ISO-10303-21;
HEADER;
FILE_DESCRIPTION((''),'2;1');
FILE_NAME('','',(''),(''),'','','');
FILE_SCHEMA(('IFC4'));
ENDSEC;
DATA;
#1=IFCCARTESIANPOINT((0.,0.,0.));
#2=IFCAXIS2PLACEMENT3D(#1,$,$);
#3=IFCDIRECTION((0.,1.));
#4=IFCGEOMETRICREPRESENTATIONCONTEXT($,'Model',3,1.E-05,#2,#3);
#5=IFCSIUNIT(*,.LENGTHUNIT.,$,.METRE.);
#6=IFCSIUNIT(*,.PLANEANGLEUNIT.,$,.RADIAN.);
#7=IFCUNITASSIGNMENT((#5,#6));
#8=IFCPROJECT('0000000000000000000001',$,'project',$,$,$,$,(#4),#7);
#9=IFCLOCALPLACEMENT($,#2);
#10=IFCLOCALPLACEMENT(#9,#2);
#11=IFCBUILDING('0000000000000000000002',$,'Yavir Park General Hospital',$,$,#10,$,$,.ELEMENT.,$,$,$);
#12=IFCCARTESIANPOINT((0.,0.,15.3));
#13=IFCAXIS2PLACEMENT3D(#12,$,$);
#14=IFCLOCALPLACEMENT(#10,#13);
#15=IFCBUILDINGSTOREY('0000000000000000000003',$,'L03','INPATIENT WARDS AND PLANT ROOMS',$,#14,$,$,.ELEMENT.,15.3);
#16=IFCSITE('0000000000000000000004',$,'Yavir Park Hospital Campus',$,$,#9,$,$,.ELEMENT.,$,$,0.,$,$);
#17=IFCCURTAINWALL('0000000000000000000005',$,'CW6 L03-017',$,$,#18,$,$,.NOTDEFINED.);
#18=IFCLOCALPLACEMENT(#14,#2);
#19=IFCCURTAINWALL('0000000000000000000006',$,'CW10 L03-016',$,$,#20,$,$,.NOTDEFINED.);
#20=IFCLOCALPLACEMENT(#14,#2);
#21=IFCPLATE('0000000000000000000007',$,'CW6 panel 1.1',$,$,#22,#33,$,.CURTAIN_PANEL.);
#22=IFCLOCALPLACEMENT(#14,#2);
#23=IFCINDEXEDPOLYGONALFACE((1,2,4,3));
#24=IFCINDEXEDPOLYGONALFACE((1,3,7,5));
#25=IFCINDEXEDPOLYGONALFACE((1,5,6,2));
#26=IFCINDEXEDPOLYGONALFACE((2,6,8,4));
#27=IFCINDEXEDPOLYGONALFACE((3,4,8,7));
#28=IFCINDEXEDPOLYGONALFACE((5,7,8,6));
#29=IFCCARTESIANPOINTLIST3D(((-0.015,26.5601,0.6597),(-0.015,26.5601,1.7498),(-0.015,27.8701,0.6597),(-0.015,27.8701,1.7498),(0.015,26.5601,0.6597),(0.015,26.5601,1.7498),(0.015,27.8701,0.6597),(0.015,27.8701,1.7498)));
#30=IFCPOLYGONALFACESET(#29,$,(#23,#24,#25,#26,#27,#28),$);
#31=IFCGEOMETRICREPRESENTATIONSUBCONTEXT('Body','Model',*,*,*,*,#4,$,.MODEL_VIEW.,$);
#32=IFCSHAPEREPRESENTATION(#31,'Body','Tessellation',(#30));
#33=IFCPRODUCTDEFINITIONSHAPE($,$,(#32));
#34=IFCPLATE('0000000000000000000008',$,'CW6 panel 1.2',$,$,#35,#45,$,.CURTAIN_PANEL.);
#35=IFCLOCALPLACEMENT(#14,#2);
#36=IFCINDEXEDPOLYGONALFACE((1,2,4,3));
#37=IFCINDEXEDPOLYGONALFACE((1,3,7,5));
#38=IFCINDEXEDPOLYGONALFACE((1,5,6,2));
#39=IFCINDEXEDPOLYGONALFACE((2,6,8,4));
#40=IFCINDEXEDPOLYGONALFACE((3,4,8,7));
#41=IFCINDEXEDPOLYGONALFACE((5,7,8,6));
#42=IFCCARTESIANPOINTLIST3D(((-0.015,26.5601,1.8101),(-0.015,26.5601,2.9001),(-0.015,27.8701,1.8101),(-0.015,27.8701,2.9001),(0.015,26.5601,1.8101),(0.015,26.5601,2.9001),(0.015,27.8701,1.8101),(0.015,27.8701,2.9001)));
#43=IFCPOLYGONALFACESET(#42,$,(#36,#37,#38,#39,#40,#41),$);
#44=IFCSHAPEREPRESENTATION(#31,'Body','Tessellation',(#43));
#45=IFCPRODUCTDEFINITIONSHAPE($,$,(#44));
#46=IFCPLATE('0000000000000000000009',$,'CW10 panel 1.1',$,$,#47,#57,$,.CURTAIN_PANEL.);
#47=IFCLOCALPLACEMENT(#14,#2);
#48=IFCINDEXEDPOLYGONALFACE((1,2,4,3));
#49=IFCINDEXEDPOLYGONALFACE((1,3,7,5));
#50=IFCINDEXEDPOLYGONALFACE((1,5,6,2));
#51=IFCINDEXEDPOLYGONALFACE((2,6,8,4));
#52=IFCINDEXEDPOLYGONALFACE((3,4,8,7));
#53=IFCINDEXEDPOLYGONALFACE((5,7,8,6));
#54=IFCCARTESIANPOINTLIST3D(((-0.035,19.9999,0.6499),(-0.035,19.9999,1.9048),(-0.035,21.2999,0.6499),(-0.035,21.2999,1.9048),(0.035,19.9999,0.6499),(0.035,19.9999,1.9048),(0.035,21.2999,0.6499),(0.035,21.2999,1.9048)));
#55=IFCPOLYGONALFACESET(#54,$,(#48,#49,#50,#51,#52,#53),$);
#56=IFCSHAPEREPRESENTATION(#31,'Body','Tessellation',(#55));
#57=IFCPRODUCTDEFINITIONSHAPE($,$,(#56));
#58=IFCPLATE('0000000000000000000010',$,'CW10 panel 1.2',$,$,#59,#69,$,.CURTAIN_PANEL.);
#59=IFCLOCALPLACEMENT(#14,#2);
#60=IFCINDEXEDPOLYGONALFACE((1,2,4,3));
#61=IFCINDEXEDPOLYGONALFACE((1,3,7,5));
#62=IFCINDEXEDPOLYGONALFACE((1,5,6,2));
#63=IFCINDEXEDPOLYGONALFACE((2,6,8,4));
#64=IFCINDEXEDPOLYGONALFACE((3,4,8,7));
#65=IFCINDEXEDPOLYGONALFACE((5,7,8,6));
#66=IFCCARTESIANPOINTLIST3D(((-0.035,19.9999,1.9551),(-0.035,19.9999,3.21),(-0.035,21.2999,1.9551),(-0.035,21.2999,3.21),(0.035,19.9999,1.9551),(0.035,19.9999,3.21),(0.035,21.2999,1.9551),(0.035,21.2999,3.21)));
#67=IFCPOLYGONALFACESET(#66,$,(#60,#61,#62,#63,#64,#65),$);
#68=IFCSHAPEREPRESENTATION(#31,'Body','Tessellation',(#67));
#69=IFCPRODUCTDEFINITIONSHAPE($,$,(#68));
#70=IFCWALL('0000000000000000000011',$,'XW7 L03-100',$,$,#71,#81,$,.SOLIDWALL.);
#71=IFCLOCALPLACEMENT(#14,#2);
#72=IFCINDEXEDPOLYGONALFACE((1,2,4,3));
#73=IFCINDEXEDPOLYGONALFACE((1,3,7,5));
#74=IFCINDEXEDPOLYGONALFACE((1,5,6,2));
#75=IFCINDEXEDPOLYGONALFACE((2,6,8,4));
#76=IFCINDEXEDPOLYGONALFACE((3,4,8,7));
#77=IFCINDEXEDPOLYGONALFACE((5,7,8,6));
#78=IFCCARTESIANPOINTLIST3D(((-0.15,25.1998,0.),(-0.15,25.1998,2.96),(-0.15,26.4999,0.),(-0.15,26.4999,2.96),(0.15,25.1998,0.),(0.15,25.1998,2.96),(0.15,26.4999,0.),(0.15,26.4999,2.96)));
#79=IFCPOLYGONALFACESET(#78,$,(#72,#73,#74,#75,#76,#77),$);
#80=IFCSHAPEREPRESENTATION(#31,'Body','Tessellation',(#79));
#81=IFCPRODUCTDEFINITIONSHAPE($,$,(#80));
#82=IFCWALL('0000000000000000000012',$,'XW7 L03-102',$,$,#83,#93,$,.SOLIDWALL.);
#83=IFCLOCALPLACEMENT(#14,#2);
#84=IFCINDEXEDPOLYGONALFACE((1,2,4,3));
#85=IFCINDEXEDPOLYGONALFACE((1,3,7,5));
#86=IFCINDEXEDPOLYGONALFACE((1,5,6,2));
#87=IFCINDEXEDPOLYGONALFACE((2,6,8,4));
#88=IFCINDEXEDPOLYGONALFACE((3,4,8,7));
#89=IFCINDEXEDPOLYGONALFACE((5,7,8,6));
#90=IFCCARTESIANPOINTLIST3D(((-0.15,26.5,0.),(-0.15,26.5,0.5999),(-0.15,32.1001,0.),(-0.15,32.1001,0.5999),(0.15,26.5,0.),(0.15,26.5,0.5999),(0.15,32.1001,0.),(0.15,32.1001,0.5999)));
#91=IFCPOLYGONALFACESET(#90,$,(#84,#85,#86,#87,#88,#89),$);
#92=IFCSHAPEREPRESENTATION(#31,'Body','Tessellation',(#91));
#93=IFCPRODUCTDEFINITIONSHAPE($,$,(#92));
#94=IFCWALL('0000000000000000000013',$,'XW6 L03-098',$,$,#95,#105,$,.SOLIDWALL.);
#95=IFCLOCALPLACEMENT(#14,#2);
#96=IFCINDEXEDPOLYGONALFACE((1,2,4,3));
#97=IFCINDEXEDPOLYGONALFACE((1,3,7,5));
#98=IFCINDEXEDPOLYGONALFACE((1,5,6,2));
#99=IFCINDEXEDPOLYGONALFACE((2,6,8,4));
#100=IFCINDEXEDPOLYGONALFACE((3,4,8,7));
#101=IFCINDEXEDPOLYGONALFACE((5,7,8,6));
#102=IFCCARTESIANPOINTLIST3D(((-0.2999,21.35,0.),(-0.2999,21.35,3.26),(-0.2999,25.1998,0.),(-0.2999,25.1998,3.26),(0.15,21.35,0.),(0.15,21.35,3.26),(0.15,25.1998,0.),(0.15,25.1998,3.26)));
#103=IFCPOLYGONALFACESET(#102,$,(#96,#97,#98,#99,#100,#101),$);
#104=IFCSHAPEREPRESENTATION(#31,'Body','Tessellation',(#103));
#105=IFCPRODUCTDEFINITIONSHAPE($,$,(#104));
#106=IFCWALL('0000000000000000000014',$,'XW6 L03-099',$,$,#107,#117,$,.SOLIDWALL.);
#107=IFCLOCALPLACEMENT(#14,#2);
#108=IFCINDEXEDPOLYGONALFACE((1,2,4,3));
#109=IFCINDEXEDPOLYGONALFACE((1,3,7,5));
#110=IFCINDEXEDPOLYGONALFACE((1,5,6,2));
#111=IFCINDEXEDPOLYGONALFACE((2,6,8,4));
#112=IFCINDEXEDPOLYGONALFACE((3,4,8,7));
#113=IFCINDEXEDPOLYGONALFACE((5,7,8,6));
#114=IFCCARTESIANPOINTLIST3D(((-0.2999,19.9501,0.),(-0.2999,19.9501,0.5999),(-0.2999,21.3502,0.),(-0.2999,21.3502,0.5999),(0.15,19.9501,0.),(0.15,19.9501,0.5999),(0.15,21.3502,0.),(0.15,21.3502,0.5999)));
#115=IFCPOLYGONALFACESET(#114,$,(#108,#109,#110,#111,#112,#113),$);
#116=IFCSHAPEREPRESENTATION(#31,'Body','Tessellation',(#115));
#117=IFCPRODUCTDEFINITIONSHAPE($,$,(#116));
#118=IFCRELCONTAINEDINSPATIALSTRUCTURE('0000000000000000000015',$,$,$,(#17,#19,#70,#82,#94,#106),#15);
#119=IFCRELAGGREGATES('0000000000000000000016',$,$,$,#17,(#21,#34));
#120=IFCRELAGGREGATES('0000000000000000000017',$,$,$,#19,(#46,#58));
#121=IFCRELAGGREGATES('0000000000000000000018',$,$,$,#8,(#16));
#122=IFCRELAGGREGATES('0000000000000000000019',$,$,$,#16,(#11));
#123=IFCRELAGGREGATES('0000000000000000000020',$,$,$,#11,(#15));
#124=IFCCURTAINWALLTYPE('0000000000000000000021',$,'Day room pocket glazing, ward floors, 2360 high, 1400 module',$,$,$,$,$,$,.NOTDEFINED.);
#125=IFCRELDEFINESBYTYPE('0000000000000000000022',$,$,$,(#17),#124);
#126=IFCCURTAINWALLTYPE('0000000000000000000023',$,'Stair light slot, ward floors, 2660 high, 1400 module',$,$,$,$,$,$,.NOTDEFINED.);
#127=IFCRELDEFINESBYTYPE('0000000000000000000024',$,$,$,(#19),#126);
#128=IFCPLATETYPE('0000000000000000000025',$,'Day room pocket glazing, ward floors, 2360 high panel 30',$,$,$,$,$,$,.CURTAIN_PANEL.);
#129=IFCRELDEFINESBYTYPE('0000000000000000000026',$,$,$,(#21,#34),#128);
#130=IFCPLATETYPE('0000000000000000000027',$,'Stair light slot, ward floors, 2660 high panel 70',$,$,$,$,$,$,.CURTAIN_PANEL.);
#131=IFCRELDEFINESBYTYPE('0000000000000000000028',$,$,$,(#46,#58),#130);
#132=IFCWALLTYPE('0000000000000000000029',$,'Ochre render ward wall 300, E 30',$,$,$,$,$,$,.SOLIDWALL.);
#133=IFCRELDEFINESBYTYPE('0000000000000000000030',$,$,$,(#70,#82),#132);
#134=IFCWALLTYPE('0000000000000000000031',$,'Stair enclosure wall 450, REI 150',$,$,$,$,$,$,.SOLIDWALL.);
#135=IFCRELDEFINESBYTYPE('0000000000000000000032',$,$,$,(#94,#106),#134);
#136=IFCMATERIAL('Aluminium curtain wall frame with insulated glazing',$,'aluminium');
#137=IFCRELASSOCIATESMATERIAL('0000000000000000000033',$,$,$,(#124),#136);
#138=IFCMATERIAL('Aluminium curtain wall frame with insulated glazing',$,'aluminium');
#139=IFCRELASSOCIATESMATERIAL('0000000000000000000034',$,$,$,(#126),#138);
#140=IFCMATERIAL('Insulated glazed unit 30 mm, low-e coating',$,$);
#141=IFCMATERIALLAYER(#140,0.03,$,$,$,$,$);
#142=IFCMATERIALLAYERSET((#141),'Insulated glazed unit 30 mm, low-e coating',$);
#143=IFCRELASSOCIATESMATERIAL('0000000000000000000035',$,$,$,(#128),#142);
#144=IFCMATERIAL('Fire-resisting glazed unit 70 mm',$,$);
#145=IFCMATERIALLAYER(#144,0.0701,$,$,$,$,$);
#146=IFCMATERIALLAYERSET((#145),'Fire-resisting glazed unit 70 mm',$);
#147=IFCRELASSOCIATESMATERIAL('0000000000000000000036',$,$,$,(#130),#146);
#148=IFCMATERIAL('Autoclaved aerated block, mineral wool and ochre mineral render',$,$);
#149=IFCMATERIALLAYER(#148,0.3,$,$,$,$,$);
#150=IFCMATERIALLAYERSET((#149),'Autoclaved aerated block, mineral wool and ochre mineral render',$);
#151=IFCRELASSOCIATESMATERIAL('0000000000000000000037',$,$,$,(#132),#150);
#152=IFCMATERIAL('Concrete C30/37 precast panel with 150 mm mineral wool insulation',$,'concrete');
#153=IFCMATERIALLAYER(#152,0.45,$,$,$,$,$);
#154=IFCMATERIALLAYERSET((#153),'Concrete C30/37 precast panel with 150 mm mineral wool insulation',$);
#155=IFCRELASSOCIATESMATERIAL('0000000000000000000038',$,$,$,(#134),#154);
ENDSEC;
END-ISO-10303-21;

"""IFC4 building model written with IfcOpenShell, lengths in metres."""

from ifc_helpers import new_model, si_unit, direction, frame, frame_2d, origin, origin_2d, place, context, subcontext, project, spatial, rectangle, extrude, material, layer, layer_set, type_object, element, aggregate, save


model = new_model("IFC4")

# Units and contexts
model_context = context("Model", 3, precision=1e-05, world=origin(), true_north=direction((0.0, 1.0)))
body_context = subcontext(model_context, "Body", "Model", "MODEL_VIEW")
ifc_project = project(units=[si_unit("LENGTHUNIT", "METRE"), si_unit("PLANEANGLEUNIT", "RADIAN")], contexts=[model_context])

# Site, building, storey
site_placement = place(None, origin())
site = spatial("IfcSite", under=ifc_project, at=site_placement, Name="Yavir Park Hospital Campus", CompositionType="ELEMENT", RefElevation=0.0)
building_placement = place(site_placement, origin())
building = spatial("IfcBuilding", under=site, at=building_placement, Name="Yavir Park General Hospital", CompositionType="ELEMENT")
storey_placement = place(building_placement, frame((0.0, 0.0, 15.3)))
storey = spatial("IfcBuildingStorey", under=building, at=storey_placement, Name="L03", Description="INPATIENT WARDS AND PLANT ROOMS", CompositionType="ELEMENT", Elevation=15.3)

# Curtain wall
ifc_material_1 = material(Name="Aluminium curtain wall frame with insulated glazing", Category="aluminium")
curtain_wall_type_1 = type_object("IfcCurtainWallType", Name="Day room pocket glazing, ward floors, 2360 high, 1400 module", PredefinedType="NOTDEFINED", material=ifc_material_1)
curtain_wall_1_placement = place(storey_placement, origin())
curtain_wall_1 = element("IfcCurtainWall", 1, at=curtain_wall_1_placement, inside=storey, type_object=curtain_wall_type_1, Name="CW6 L03-017", PredefinedType="NOTDEFINED")

# Curtain wall
ifc_material_2 = material(Name="Aluminium curtain wall frame with insulated glazing", Category="aluminium")
curtain_wall_type_2 = type_object("IfcCurtainWallType", Name="Stair light slot, ward floors, 2660 high, 1400 module", PredefinedType="NOTDEFINED", material=ifc_material_2)
curtain_wall_2_placement = place(storey_placement, origin())
curtain_wall_2 = element("IfcCurtainWall", 2, at=curtain_wall_2_placement, inside=storey, type_object=curtain_wall_type_2, Name="CW10 L03-016", PredefinedType="NOTDEFINED")

# Plates
ifc_material_3 = material(Name="Insulated glazed unit 30 mm, low-e coating")
ifc_layer_1 = layer(ifc_material_3, 0.03)
ifc_layer_set_1 = layer_set([ifc_layer_1], Name="Insulated glazed unit 30 mm, low-e coating")
plate_type_1 = type_object("IfcPlateType", Name="Day room pocket glazing, ward floors, 2360 high panel 30", PredefinedType="CURTAIN_PANEL", material=ifc_layer_set_1)
plate_1_placement = place(storey_placement, frame((0.0, 27.2151, 0.6597), z_axis=(0.0, 0.0, 1.0), x_axis=(0.0, 1.0, 0.0)))
plate_1 = element("IfcPlate", 3, at=plate_1_placement, type_object=plate_type_1, Name="CW6 panel 1.1", PredefinedType="CURTAIN_PANEL", context=body_context, shape_type="SweptSolid", body=[
    extrude(rectangle(XDim=1.3101, YDim=0.03, at=origin_2d()), origin(), (0.0, 0.0, 1.0), 1.0901),
])
plate_2_placement = place(storey_placement, frame((0.0, 27.2151, 1.8101), z_axis=(0.0, 0.0, 1.0), x_axis=(0.0, 1.0, 0.0)))
plate_2 = element("IfcPlate", 4, at=plate_2_placement, type_object=plate_type_1, Name="CW6 panel 1.2", PredefinedType="CURTAIN_PANEL", context=body_context, shape_type="SweptSolid", body=[
    extrude(rectangle(XDim=1.3101, YDim=0.03, at=origin_2d()), origin(), (0.0, 0.0, 1.0), 1.0901),
])
aggregate(curtain_wall_1, [plate_1, plate_2])
ifc_material_4 = material(Name="Fire-resisting glazed unit 70 mm")
ifc_layer_2 = layer(ifc_material_4, 0.0701)
ifc_layer_set_2 = layer_set([ifc_layer_2], Name="Fire-resisting glazed unit 70 mm")
plate_type_2 = type_object("IfcPlateType", Name="Stair light slot, ward floors, 2660 high panel 70", PredefinedType="CURTAIN_PANEL", material=ifc_layer_set_2)
plate_3_placement = place(storey_placement, frame((0.0, 20.6499, 0.6499), z_axis=(0.0, 0.0, 1.0), x_axis=(0.0, 1.0, 0.0)))
plate_3 = element("IfcPlate", 5, at=plate_3_placement, type_object=plate_type_2, Name="CW10 panel 1.1", PredefinedType="CURTAIN_PANEL", context=body_context, shape_type="SweptSolid", body=[
    extrude(rectangle(XDim=1.3, YDim=0.0701, at=origin_2d()), origin(), (0.0, 0.0, 1.0), 1.2549),
])
plate_4_placement = place(storey_placement, frame((0.0, 20.6499, 1.9551), z_axis=(0.0, 0.0, 1.0), x_axis=(0.0, 1.0, 0.0)))
plate_4 = element("IfcPlate", 6, at=plate_4_placement, type_object=plate_type_2, Name="CW10 panel 1.2", PredefinedType="CURTAIN_PANEL", context=body_context, shape_type="SweptSolid", body=[
    extrude(rectangle(XDim=1.3, YDim=0.0701, at=origin_2d()), origin(), (0.0, 0.0, 1.0), 1.2549),
])
aggregate(curtain_wall_2, [plate_3, plate_4])

# Walls
ifc_material_5 = material(Name="Autoclaved aerated block, mineral wool and ochre mineral render")
ifc_layer_3 = layer(ifc_material_5, 0.3)
ifc_layer_set_3 = layer_set([ifc_layer_3], Name="Autoclaved aerated block, mineral wool and ochre mineral render")
wall_type_1 = type_object("IfcWallType", Name="Ochre render ward wall 300, E 30", PredefinedType="SOLIDWALL", material=ifc_layer_set_3)
wall_1_placement = place(storey_placement, frame((0.0, 25.2, 0.0), z_axis=(0.0, 0.0, 1.0), x_axis=(0.0, 1.0, 0.0)))
element("IfcWall", 7, at=wall_1_placement, inside=storey, type_object=wall_type_1, Name="XW7 L03-100", PredefinedType="SOLIDWALL", context=body_context, shape_type="SweptSolid", body=[
    extrude(rectangle(XDim=1.3, YDim=0.3, at=frame_2d((0.6499, 0.0))), origin(), (0.0, 0.0, 1.0), 2.96),
])
wall_2_placement = place(storey_placement, frame((0.0, 26.5, 0.0), z_axis=(0.0, 0.0, 1.0), x_axis=(0.0, 1.0, 0.0)))
element("IfcWall", 8, at=wall_2_placement, inside=storey, type_object=wall_type_1, Name="XW7 L03-102", PredefinedType="SOLIDWALL", context=body_context, shape_type="SweptSolid", body=[
    extrude(rectangle(XDim=5.6001, YDim=0.3, at=frame_2d((2.8, 0.0))), origin(), (0.0, 0.0, 1.0), 0.5999),
])
ifc_material_6 = material(Name="Concrete C30/37 precast panel with 150 mm mineral wool insulation", Category="concrete")
ifc_layer_4 = layer(ifc_material_6, 0.45)
ifc_layer_set_4 = layer_set([ifc_layer_4], Name="Concrete C30/37 precast panel with 150 mm mineral wool insulation")
wall_type_2 = type_object("IfcWallType", Name="Stair enclosure wall 450, REI 150", PredefinedType="SOLIDWALL", material=ifc_layer_set_4)
wall_3_placement = place(storey_placement, frame((-0.075, 21.3501, 0.0), z_axis=(0.0, 0.0, 1.0), x_axis=(0.0, 1.0, 0.0)))
element("IfcWall", 9, at=wall_3_placement, inside=storey, type_object=wall_type_2, Name="XW6 L03-098", PredefinedType="SOLIDWALL", context=body_context, shape_type="SweptSolid", body=[
    extrude(rectangle(XDim=3.8499, YDim=0.45, at=frame_2d((1.9248, 0.0))), origin(), (0.0, 0.0, 1.0), 3.26),
])
wall_4_placement = place(storey_placement, frame((-0.075, 19.95, 0.0), z_axis=(0.0, 0.0, 1.0), x_axis=(0.0, 1.0, 0.0)))
element("IfcWall", 10, at=wall_4_placement, inside=storey, type_object=wall_type_2, Name="XW6 L03-099", PredefinedType="SOLIDWALL", context=body_context, shape_type="SweptSolid", body=[
    extrude(rectangle(XDim=1.4001, YDim=0.45, at=frame_2d((0.7002, 0.0))), origin(), (0.0, 0.0, 1.0), 0.5999),
])

save(model, "model.ifc")
